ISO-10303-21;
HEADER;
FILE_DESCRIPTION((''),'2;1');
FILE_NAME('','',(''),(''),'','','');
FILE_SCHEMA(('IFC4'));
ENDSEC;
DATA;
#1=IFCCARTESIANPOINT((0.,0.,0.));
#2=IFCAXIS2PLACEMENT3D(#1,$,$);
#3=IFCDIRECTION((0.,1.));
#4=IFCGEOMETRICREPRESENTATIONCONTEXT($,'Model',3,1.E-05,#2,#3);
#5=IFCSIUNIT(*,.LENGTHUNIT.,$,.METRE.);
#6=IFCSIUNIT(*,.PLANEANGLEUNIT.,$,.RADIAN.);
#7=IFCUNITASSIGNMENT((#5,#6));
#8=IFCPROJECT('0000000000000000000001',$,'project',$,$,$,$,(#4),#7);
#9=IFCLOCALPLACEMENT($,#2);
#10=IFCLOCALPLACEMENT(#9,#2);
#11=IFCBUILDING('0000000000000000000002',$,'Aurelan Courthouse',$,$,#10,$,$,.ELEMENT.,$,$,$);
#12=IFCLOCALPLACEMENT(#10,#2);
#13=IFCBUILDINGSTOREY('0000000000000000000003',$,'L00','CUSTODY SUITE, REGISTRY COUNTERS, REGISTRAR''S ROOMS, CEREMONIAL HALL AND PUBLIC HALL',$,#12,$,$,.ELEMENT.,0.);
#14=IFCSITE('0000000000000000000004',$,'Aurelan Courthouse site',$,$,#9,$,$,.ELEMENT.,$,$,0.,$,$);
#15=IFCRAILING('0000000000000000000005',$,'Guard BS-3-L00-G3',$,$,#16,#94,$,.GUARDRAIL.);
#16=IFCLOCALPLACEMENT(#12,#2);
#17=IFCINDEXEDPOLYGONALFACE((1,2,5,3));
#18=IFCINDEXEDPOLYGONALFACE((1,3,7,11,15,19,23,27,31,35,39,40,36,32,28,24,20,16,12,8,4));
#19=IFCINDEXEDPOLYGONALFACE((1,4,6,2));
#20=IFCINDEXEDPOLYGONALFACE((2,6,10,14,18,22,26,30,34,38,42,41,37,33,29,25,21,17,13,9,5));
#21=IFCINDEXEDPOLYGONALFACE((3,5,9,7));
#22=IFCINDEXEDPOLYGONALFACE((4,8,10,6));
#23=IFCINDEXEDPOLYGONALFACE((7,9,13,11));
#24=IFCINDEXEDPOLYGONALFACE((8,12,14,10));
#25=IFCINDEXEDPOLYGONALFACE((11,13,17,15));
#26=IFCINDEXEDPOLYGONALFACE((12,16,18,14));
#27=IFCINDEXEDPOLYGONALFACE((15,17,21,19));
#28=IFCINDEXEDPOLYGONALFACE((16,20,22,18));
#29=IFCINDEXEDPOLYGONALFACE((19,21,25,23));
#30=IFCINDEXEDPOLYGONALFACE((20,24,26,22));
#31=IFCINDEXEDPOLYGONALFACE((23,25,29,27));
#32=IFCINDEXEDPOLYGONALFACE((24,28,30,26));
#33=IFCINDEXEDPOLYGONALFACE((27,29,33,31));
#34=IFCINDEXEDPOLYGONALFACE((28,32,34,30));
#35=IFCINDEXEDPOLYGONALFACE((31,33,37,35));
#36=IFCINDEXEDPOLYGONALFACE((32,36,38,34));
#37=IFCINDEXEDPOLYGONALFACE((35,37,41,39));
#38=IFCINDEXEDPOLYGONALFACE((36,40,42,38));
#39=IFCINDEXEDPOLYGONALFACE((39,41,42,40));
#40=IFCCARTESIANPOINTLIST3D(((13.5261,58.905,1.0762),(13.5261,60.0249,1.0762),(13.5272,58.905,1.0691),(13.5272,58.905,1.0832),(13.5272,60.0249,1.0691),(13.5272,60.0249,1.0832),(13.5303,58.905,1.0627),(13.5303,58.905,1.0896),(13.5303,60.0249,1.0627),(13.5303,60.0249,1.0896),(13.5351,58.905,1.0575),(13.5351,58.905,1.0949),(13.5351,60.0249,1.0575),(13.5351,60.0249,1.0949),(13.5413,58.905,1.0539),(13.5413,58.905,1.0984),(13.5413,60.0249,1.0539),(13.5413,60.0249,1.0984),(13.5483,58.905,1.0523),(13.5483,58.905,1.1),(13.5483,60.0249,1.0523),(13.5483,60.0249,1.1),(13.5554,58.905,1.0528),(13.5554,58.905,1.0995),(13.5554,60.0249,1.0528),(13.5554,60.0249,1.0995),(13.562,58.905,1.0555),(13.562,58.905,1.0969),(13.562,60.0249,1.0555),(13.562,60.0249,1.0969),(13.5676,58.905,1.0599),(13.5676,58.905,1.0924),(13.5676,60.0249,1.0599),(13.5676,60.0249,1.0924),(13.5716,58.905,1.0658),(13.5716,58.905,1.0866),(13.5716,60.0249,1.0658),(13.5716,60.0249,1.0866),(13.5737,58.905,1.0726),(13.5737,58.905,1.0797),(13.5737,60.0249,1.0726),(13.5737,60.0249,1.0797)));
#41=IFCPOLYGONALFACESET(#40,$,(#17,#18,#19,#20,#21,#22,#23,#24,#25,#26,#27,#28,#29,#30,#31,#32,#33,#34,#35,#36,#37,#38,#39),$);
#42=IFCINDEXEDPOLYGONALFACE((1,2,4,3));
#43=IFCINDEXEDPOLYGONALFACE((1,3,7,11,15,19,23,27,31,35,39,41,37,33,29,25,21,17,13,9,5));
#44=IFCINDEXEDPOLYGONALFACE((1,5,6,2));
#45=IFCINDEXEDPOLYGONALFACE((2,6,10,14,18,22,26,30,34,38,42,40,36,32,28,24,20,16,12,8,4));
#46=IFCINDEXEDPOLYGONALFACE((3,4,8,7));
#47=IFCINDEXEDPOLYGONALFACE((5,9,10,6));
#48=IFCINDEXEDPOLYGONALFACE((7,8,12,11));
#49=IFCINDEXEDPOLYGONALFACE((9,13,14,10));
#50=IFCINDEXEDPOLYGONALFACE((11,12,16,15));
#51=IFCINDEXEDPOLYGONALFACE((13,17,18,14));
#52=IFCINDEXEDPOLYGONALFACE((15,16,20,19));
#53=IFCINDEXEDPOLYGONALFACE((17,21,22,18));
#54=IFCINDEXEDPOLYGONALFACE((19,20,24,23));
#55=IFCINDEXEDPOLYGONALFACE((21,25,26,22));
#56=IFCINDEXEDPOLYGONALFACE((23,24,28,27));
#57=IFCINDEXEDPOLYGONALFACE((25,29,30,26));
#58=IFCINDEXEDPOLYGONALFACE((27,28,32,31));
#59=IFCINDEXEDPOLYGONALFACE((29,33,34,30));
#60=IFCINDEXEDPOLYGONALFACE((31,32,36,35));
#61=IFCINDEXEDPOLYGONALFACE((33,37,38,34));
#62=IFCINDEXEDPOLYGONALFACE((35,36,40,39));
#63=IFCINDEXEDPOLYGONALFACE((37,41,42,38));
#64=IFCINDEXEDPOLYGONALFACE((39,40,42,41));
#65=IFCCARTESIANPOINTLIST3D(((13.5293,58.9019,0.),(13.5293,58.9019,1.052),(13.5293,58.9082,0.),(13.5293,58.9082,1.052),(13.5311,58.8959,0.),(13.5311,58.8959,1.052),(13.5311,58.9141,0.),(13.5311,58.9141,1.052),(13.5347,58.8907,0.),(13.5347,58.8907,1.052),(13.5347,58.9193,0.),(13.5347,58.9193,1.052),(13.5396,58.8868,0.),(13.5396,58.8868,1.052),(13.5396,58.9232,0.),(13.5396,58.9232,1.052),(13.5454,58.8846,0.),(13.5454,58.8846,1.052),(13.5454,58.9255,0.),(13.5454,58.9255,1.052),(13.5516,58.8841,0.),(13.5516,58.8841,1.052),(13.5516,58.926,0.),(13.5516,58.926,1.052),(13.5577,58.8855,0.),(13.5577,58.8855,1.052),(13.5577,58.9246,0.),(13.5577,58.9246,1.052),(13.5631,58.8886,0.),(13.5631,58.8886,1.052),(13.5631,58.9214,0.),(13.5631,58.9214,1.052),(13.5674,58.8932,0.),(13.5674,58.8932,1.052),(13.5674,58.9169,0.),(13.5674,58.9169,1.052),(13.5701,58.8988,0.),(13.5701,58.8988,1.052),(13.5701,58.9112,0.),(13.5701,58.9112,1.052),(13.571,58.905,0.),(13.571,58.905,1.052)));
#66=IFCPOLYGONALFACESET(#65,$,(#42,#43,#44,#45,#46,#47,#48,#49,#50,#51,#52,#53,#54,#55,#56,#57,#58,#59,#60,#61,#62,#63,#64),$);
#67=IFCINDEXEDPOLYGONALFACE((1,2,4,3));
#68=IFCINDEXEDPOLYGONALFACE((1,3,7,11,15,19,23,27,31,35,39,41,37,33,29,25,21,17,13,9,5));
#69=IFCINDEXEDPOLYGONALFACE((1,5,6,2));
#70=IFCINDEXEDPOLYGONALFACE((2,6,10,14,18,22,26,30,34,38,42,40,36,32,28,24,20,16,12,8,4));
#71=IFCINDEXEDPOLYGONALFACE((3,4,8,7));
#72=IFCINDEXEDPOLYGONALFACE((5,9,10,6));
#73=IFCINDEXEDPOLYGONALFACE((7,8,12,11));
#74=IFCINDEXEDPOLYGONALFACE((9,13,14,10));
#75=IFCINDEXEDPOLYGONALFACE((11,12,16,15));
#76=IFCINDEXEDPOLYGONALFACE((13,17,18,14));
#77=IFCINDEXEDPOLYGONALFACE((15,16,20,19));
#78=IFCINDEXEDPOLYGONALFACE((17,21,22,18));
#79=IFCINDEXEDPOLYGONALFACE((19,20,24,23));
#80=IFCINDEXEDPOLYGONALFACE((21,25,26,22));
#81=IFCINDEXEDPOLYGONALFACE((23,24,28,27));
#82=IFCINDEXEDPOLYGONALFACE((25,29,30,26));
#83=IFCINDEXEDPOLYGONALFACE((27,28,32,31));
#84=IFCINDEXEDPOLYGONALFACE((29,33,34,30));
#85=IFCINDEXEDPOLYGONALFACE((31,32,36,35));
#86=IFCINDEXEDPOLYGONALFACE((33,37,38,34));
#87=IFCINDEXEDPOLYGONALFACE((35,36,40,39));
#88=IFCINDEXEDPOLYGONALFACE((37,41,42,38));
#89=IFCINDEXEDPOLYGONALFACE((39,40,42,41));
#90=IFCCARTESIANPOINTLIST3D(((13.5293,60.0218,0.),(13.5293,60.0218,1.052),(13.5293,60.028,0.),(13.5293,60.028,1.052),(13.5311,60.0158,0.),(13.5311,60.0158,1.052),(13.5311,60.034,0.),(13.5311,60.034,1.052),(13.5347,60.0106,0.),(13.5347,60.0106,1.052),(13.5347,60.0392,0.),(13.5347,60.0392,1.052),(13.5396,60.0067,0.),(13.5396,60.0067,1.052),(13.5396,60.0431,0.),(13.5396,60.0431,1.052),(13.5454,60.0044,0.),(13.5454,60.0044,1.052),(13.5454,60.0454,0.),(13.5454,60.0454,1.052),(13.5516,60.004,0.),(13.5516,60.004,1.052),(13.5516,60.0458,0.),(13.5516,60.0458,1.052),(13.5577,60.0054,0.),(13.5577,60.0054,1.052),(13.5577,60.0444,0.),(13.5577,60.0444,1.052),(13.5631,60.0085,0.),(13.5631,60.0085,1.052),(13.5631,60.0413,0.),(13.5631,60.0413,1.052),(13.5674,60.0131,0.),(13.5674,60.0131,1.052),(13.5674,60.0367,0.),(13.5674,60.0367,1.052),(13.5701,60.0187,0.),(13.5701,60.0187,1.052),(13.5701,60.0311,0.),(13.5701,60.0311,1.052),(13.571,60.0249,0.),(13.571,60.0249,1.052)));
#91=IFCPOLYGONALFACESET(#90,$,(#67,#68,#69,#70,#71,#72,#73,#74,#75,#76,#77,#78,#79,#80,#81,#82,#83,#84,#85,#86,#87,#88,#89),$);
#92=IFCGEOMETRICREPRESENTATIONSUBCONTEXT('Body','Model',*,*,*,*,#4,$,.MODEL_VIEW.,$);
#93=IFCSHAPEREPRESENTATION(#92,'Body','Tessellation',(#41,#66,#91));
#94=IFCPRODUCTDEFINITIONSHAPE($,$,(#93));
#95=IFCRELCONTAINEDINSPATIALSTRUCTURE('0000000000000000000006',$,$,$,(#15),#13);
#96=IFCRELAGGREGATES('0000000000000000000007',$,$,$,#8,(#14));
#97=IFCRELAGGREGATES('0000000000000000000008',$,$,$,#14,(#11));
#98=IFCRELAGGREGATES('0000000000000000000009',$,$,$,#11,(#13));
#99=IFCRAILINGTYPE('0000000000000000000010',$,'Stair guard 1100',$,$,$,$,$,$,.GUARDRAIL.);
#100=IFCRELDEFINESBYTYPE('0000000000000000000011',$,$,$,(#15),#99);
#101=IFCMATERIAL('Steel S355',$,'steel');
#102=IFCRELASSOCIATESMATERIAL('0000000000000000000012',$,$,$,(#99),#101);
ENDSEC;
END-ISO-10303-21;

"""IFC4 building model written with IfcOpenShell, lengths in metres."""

from ifc_helpers import new_model, si_unit, direction, frame, origin, origin_2d, place, context, subcontext, project, spatial, circle, extrude, material, type_object, element, save


model = new_model("IFC4")

# Units and contexts
model_context = context("Model", 3, precision=1e-05, world=origin(), true_north=direction((0.0, 1.0)))
body_context = subcontext(model_context, "Body", "Model", "MODEL_VIEW")
ifc_project = project(units=[si_unit("LENGTHUNIT", "METRE"), si_unit("PLANEANGLEUNIT", "RADIAN")], contexts=[model_context])

# Site, building, storey
site_placement = place(None, origin())
site = spatial("IfcSite", under=ifc_project, at=site_placement, Name="Aurelan Courthouse site", CompositionType="ELEMENT", RefElevation=0.0)
building_placement = place(site_placement, origin())
building = spatial("IfcBuilding", under=site, at=building_placement, Name="Aurelan Courthouse", CompositionType="ELEMENT")
storey_placement = place(building_placement, origin())
storey = spatial("IfcBuildingStorey", under=building, at=storey_placement, Name="L00", Description="CUSTODY SUITE, REGISTRY COUNTERS, REGISTRAR'S ROOMS, CEREMONIAL HALL AND PUBLIC HALL", CompositionType="ELEMENT", Elevation=0.0)

# Railing
ifc_material_1 = material(Name="Steel S355", Category="steel")
railing_type = type_object("IfcRailingType", Name="Stair guard 1100", PredefinedType="GUARDRAIL", material=ifc_material_1)
railing_1_placement = place(storey_placement, frame((13.55, 58.905, 0.0)))
element("IfcRailing", 1, at=railing_1_placement, inside=storey, type_object=railing_type, Name="Guard BS-3-L00-G3", PredefinedType="GUARDRAIL", context=body_context, shape_type="SweptSolid", body=[
    extrude(circle(Radius=0.0239, at=origin_2d()), frame((0.0, 0.0, 1.0762), z_axis=(0.0, 1.0, 0.0), x_axis=(-1.0, 0.0, 0.0)), (0.0, 0.0, 1.0), 1.1199),
    extrude(circle(Radius=0.021, at=origin_2d()), origin(), (0.0, 0.0, 1.0), 1.052),
    extrude(circle(Radius=0.021, at=origin_2d()), frame((0.0, 1.1199, 0.0)), (0.0, 0.0, 1.0), 1.052),
])

save(model, "model.ifc")
